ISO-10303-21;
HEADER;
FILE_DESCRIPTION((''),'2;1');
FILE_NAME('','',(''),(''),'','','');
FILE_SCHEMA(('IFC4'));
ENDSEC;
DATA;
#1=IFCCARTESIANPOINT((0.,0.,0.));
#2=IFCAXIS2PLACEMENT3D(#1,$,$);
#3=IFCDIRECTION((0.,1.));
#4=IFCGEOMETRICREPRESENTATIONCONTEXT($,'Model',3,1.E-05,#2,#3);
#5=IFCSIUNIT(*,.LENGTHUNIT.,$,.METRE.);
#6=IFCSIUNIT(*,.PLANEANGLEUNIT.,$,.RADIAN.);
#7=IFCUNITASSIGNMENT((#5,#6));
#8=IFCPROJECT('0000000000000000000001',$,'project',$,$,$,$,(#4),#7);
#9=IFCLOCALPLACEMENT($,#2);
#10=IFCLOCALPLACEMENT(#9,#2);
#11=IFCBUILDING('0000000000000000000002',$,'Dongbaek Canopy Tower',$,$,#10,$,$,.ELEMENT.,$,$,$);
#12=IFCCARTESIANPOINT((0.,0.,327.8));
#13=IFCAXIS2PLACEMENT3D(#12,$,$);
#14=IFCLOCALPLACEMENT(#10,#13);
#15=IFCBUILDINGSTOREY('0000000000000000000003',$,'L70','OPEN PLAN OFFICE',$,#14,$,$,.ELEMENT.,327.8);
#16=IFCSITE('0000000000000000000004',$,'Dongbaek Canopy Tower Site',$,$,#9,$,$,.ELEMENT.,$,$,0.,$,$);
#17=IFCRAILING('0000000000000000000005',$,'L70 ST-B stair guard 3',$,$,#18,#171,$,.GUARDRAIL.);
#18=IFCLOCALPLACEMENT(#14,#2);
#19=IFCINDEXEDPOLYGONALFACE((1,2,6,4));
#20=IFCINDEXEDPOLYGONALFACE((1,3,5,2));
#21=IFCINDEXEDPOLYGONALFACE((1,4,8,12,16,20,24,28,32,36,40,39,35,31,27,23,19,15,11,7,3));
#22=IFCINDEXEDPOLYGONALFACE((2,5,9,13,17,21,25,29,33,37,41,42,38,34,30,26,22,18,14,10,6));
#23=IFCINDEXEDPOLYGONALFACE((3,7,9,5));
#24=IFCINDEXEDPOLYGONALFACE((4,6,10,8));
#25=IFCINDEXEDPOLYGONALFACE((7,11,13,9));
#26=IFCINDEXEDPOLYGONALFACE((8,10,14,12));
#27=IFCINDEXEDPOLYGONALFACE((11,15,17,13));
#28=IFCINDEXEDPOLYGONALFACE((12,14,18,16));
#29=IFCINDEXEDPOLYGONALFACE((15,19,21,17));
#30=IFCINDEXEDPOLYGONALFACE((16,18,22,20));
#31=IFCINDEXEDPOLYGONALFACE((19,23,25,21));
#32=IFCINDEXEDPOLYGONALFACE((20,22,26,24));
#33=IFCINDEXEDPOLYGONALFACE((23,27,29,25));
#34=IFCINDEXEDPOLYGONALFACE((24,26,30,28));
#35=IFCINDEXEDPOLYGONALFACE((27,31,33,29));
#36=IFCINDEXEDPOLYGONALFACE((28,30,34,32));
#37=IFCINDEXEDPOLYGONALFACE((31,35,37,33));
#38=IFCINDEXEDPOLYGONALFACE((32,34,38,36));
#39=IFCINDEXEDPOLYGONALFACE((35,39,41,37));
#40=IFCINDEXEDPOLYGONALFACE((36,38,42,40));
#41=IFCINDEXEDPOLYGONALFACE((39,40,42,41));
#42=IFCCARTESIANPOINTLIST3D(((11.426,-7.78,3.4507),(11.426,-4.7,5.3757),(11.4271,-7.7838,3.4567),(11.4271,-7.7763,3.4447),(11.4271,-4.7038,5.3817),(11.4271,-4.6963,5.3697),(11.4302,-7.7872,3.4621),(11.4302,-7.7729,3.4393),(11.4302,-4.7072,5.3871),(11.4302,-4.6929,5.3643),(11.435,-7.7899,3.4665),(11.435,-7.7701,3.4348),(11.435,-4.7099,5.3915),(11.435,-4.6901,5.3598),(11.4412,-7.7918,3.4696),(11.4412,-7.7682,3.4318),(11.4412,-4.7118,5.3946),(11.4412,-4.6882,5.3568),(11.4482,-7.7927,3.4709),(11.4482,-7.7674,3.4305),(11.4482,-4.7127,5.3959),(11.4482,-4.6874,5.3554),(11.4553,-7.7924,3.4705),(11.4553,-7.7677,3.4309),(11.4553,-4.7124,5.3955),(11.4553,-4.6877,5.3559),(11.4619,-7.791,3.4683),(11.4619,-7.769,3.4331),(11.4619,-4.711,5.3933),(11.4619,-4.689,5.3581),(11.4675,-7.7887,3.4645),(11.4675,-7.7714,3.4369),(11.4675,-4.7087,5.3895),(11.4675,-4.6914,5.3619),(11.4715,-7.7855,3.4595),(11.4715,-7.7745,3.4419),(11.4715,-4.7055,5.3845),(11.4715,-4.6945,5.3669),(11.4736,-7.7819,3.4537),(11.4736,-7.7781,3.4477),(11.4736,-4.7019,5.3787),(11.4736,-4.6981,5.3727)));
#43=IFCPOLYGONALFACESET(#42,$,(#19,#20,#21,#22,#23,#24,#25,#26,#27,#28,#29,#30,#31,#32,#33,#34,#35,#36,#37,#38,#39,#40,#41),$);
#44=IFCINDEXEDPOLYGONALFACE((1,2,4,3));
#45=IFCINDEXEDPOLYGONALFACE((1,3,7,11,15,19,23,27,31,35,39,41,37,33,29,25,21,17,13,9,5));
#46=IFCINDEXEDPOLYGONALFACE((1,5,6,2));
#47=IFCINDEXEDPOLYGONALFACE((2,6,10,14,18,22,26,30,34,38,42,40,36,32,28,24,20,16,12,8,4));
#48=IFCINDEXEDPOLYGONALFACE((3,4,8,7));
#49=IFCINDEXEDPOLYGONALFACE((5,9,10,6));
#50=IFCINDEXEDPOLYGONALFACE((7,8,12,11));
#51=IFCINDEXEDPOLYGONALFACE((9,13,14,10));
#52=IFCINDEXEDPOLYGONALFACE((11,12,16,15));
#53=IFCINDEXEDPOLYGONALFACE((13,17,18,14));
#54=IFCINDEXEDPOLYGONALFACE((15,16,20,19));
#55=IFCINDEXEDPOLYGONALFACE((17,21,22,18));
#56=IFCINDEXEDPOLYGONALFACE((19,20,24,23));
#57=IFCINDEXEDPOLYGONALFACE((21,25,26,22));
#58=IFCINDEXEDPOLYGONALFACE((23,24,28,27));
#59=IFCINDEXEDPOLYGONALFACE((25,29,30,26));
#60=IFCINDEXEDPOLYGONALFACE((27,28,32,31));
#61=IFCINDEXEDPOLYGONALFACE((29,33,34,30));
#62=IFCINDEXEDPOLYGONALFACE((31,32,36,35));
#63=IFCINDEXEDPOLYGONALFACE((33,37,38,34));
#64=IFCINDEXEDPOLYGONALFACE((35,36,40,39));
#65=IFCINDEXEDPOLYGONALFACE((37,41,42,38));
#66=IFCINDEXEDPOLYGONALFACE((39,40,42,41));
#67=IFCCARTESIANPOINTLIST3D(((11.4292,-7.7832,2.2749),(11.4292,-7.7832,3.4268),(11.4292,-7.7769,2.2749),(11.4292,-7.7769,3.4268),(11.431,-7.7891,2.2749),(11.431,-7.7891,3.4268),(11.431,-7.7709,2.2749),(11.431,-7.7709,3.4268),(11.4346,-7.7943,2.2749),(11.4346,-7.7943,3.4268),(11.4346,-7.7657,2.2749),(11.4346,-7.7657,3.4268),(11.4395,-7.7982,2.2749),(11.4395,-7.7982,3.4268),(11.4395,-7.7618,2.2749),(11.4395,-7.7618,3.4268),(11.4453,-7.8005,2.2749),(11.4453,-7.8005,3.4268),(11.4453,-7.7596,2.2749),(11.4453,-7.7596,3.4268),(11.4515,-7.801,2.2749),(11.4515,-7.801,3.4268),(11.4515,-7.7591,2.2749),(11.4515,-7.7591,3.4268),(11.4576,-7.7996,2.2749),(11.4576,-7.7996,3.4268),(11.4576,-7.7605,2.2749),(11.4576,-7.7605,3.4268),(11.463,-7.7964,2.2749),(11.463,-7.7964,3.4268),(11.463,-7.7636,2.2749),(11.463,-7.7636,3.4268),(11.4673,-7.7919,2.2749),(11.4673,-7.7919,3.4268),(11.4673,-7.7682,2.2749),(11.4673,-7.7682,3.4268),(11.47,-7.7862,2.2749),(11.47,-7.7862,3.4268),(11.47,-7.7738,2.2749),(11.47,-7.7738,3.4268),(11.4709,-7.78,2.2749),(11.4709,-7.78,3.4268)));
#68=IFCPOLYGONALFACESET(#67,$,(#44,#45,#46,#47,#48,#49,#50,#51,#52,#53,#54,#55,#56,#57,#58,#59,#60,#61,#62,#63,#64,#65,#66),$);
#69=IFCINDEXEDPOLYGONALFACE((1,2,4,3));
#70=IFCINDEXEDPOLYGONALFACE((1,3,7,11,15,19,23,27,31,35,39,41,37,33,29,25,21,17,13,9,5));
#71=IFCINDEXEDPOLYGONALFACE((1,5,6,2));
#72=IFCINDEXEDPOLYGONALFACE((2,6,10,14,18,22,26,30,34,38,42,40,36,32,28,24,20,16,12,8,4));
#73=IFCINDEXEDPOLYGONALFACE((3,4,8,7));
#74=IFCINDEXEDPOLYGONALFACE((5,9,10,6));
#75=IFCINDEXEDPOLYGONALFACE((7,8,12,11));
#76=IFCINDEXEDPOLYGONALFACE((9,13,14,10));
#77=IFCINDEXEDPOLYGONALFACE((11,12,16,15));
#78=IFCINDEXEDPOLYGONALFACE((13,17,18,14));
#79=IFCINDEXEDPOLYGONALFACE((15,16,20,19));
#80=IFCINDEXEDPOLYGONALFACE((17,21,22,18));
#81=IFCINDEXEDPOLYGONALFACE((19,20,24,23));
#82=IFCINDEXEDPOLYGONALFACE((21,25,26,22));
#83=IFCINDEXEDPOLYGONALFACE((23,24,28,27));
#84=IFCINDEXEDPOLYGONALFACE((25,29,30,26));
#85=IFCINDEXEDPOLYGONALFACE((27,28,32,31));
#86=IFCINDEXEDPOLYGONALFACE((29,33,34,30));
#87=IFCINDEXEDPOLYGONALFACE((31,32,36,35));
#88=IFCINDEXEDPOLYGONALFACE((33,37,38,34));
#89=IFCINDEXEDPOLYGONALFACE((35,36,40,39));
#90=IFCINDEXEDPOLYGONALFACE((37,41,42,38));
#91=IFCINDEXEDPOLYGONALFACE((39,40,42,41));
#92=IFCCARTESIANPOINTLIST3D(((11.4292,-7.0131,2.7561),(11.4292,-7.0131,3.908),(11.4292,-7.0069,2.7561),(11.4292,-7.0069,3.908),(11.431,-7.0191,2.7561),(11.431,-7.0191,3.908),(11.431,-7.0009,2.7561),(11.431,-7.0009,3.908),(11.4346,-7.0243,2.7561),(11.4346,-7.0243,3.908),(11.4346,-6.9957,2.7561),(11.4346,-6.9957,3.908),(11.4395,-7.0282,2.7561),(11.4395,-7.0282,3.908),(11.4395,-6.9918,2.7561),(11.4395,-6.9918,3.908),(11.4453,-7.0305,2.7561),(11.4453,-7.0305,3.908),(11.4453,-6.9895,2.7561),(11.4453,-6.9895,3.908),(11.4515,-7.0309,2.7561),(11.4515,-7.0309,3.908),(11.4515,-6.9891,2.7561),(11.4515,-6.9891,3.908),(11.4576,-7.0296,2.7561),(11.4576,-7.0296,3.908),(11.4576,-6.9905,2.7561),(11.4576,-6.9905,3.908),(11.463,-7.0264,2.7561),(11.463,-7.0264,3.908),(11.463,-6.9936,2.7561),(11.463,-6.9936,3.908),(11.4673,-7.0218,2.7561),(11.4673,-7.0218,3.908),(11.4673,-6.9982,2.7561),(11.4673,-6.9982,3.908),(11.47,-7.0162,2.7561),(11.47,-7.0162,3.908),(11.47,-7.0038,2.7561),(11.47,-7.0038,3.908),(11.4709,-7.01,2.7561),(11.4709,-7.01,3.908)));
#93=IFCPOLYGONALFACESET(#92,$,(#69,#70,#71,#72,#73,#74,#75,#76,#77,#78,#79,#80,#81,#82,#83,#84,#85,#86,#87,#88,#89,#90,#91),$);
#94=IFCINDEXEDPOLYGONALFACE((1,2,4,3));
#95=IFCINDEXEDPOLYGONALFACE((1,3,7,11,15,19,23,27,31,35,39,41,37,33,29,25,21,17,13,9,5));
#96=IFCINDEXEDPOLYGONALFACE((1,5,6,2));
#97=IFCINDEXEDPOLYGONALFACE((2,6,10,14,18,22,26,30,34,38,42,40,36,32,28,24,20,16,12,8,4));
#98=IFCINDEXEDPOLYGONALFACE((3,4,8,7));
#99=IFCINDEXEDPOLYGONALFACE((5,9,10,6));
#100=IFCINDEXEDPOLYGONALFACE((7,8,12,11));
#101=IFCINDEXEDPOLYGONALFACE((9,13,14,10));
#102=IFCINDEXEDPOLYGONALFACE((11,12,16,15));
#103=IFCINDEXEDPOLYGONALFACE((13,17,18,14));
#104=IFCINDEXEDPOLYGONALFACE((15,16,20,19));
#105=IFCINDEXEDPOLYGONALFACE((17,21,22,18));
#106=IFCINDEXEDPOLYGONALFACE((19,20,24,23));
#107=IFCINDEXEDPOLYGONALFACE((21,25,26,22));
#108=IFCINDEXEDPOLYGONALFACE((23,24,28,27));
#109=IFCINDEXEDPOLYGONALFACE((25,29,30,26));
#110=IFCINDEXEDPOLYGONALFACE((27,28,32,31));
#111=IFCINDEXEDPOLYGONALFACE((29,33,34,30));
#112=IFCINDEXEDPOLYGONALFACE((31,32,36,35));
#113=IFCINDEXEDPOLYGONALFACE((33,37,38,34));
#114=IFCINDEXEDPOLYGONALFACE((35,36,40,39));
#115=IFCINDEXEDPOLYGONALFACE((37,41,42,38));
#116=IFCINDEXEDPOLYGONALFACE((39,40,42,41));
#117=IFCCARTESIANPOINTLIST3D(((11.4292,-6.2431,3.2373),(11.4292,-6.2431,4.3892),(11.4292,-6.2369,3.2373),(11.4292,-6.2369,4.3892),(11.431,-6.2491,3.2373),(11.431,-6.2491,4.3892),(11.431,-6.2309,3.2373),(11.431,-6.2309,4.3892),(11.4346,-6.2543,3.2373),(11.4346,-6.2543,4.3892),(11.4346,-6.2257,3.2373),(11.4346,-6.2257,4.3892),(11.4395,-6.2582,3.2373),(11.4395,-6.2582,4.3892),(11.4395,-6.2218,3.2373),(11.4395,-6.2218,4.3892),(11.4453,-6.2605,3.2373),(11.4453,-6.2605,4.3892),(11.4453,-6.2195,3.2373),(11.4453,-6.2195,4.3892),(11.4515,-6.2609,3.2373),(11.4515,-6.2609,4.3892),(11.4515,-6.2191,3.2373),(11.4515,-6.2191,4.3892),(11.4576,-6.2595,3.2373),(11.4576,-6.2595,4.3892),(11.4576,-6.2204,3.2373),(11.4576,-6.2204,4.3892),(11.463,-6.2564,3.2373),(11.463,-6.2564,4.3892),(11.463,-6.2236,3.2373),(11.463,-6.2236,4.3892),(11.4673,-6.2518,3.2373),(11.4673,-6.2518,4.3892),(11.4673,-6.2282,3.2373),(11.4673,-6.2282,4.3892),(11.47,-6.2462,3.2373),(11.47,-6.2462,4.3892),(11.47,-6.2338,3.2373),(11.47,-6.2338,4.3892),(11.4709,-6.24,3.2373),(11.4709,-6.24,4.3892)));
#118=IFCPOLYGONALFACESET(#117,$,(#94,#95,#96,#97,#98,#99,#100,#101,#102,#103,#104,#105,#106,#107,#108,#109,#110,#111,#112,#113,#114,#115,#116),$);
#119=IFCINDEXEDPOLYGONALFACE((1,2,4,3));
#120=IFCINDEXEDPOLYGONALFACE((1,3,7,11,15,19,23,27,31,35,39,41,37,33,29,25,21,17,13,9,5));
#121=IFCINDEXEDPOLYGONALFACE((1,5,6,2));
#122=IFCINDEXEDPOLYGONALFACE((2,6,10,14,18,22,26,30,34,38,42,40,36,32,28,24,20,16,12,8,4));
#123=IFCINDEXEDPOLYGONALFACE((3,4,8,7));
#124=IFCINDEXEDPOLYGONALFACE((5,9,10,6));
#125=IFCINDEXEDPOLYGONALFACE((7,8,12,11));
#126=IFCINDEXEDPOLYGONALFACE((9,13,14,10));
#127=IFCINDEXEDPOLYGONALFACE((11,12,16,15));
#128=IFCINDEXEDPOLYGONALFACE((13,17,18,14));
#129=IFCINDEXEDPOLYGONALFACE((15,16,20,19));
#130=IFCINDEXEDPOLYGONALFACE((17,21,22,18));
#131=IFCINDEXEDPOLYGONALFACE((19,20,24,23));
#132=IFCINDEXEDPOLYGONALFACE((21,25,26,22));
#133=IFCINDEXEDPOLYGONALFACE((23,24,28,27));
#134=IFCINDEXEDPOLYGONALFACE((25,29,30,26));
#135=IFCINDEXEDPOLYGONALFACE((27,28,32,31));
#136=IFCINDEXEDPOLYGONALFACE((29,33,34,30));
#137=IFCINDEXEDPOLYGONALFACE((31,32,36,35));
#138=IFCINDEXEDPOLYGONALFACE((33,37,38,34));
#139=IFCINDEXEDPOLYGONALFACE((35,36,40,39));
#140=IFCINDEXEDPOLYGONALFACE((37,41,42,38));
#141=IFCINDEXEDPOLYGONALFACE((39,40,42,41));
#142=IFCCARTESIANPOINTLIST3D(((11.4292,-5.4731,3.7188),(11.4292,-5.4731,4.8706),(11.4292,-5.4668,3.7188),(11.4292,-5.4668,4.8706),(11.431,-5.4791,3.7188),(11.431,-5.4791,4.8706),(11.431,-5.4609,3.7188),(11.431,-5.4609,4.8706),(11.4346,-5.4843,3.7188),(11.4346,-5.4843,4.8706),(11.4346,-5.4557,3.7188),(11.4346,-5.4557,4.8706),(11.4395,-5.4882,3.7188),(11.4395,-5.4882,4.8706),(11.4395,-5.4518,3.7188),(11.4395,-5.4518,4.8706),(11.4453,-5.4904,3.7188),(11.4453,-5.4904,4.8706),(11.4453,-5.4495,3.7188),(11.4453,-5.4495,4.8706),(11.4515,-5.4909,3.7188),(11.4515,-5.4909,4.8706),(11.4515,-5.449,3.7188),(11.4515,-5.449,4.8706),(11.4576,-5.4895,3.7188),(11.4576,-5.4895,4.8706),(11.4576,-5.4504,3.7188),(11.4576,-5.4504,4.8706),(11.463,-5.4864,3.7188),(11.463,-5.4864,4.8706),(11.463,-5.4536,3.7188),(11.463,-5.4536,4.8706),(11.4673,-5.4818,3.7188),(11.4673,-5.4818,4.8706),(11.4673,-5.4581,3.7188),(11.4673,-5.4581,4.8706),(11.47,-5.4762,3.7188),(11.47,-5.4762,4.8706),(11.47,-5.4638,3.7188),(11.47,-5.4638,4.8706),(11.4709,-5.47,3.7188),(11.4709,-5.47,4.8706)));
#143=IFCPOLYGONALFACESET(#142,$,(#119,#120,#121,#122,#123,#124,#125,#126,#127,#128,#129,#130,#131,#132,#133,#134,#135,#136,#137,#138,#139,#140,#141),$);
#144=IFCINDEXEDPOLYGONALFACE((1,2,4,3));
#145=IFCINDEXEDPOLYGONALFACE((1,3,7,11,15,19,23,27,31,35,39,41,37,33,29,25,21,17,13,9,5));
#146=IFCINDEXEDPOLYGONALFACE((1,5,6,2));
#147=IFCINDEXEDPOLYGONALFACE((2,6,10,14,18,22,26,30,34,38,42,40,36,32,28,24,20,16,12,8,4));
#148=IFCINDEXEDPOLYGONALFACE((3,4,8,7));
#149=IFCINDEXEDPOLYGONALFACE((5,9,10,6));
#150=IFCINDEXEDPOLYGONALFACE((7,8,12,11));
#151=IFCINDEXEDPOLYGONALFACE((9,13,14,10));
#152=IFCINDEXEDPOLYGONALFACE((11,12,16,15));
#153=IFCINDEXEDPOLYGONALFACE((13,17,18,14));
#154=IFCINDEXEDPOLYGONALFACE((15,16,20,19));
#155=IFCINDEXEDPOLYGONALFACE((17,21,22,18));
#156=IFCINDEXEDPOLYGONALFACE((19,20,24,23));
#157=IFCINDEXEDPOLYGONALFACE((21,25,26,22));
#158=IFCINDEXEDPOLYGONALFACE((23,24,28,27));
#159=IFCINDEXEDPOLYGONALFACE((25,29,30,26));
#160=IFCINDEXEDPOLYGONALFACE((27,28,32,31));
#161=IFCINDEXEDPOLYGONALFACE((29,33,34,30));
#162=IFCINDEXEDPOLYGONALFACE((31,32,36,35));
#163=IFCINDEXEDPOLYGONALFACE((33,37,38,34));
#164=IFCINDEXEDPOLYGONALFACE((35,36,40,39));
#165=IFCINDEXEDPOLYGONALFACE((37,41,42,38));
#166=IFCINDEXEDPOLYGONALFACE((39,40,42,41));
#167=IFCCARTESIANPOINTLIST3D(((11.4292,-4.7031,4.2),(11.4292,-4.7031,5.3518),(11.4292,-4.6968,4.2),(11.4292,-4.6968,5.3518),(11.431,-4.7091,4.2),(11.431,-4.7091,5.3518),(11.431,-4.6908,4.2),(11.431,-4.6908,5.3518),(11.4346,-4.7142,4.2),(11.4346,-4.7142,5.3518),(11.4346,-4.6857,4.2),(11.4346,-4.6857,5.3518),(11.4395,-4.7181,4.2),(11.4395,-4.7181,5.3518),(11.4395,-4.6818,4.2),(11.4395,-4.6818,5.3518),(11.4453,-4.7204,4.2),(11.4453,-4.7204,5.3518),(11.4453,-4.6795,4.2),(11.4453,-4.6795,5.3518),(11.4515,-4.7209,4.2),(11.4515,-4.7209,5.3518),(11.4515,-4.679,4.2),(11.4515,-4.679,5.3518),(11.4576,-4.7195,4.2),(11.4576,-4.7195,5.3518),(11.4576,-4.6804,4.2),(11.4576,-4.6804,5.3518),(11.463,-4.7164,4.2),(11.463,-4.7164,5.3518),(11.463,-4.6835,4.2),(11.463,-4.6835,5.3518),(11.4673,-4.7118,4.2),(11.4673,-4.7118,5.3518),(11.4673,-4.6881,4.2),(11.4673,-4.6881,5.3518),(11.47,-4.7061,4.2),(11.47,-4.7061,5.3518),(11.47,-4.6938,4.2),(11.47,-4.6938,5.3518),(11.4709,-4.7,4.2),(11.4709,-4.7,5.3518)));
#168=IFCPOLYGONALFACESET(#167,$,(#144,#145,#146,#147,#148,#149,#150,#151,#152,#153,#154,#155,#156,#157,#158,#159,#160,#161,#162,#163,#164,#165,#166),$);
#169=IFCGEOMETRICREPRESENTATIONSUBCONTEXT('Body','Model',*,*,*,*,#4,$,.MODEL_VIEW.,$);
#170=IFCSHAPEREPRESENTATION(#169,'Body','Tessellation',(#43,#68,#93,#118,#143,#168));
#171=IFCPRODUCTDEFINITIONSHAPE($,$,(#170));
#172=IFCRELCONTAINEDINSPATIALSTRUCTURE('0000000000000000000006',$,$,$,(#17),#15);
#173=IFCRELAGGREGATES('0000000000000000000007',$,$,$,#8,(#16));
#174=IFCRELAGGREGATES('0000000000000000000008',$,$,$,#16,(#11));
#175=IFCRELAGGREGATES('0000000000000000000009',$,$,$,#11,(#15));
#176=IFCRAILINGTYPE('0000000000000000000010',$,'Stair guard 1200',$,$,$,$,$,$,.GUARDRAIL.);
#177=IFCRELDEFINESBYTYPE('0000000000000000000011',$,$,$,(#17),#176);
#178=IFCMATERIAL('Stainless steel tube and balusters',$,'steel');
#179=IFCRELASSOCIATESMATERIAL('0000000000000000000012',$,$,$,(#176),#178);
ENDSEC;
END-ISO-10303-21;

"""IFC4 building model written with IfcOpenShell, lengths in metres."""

from ifc_helpers import new_model, si_unit, direction, frame, origin, origin_2d, place, context, subcontext, project, spatial, circle, extrude, material, type_object, element, save


model = new_model("IFC4")

# Units and contexts
model_context = context("Model", 3, precision=1e-05, world=origin(), true_north=direction((0.0, 1.0)))
body_context = subcontext(model_context, "Body", "Model", "MODEL_VIEW")
ifc_project = project(units=[si_unit("LENGTHUNIT", "METRE"), si_unit("PLANEANGLEUNIT", "RADIAN")], contexts=[model_context])

# Site, building, storey
site_placement = place(None, origin())
site = spatial("IfcSite", under=ifc_project, at=site_placement, Name="Dongbaek Canopy Tower Site", CompositionType="ELEMENT", RefElevation=0.0)
building_placement = place(site_placement, origin())
building = spatial("IfcBuilding", under=site, at=building_placement, Name="Dongbaek Canopy Tower", CompositionType="ELEMENT")
storey_placement = place(building_placement, frame((0.0, 0.0, 327.8)))
storey = spatial("IfcBuildingStorey", under=building, at=storey_placement, Name="L70", Description="OPEN PLAN OFFICE", CompositionType="ELEMENT", Elevation=327.8)

# Railing
ifc_material_1 = material(Name="Stainless steel tube and balusters", Category="steel")
railing_type_1 = type_object("IfcRailingType", Name="Stair guard 1200", PredefinedType="GUARDRAIL", material=ifc_material_1)
railing_1_placement = place(storey_placement, frame((11.45, -7.78, 2.2749)))
element("IfcRailing", 1, at=railing_1_placement, inside=storey, type_object=railing_type_1, Name="L70 ST-B stair guard 3", PredefinedType="GUARDRAIL", context=body_context, shape_type="SweptSolid", body=[
    extrude(circle(Radius=0.0239, at=origin_2d()), frame((0.0, 0.0, 1.1758), z_axis=(0.0, 0.847998, 0.529999), x_axis=(-1.0, 0.0, 0.0)), (0.0, 0.0, 1.0), 3.6321),
    extrude(circle(Radius=0.021, at=origin_2d()), origin(), (0.0, 0.0, 1.0), 1.1519),
    extrude(circle(Radius=0.021, at=origin_2d()), frame((0.0, 0.77, 0.4812)), (0.0, 0.0, 1.0), 1.1519),
    extrude(circle(Radius=0.021, at=origin_2d()), frame((0.0, 1.54, 0.9624)), (0.0, 0.0, 1.0), 1.1519),
    extrude(circle(Radius=0.021, at=origin_2d()), frame((0.0, 2.3101, 1.4438)), (0.0, 0.0, 1.0), 1.1519),
    extrude(circle(Radius=0.021, at=origin_2d()), frame((0.0, 3.0801, 1.925)), (0.0, 0.0, 1.0), 1.1519),
])

save(model, "model.ifc")
